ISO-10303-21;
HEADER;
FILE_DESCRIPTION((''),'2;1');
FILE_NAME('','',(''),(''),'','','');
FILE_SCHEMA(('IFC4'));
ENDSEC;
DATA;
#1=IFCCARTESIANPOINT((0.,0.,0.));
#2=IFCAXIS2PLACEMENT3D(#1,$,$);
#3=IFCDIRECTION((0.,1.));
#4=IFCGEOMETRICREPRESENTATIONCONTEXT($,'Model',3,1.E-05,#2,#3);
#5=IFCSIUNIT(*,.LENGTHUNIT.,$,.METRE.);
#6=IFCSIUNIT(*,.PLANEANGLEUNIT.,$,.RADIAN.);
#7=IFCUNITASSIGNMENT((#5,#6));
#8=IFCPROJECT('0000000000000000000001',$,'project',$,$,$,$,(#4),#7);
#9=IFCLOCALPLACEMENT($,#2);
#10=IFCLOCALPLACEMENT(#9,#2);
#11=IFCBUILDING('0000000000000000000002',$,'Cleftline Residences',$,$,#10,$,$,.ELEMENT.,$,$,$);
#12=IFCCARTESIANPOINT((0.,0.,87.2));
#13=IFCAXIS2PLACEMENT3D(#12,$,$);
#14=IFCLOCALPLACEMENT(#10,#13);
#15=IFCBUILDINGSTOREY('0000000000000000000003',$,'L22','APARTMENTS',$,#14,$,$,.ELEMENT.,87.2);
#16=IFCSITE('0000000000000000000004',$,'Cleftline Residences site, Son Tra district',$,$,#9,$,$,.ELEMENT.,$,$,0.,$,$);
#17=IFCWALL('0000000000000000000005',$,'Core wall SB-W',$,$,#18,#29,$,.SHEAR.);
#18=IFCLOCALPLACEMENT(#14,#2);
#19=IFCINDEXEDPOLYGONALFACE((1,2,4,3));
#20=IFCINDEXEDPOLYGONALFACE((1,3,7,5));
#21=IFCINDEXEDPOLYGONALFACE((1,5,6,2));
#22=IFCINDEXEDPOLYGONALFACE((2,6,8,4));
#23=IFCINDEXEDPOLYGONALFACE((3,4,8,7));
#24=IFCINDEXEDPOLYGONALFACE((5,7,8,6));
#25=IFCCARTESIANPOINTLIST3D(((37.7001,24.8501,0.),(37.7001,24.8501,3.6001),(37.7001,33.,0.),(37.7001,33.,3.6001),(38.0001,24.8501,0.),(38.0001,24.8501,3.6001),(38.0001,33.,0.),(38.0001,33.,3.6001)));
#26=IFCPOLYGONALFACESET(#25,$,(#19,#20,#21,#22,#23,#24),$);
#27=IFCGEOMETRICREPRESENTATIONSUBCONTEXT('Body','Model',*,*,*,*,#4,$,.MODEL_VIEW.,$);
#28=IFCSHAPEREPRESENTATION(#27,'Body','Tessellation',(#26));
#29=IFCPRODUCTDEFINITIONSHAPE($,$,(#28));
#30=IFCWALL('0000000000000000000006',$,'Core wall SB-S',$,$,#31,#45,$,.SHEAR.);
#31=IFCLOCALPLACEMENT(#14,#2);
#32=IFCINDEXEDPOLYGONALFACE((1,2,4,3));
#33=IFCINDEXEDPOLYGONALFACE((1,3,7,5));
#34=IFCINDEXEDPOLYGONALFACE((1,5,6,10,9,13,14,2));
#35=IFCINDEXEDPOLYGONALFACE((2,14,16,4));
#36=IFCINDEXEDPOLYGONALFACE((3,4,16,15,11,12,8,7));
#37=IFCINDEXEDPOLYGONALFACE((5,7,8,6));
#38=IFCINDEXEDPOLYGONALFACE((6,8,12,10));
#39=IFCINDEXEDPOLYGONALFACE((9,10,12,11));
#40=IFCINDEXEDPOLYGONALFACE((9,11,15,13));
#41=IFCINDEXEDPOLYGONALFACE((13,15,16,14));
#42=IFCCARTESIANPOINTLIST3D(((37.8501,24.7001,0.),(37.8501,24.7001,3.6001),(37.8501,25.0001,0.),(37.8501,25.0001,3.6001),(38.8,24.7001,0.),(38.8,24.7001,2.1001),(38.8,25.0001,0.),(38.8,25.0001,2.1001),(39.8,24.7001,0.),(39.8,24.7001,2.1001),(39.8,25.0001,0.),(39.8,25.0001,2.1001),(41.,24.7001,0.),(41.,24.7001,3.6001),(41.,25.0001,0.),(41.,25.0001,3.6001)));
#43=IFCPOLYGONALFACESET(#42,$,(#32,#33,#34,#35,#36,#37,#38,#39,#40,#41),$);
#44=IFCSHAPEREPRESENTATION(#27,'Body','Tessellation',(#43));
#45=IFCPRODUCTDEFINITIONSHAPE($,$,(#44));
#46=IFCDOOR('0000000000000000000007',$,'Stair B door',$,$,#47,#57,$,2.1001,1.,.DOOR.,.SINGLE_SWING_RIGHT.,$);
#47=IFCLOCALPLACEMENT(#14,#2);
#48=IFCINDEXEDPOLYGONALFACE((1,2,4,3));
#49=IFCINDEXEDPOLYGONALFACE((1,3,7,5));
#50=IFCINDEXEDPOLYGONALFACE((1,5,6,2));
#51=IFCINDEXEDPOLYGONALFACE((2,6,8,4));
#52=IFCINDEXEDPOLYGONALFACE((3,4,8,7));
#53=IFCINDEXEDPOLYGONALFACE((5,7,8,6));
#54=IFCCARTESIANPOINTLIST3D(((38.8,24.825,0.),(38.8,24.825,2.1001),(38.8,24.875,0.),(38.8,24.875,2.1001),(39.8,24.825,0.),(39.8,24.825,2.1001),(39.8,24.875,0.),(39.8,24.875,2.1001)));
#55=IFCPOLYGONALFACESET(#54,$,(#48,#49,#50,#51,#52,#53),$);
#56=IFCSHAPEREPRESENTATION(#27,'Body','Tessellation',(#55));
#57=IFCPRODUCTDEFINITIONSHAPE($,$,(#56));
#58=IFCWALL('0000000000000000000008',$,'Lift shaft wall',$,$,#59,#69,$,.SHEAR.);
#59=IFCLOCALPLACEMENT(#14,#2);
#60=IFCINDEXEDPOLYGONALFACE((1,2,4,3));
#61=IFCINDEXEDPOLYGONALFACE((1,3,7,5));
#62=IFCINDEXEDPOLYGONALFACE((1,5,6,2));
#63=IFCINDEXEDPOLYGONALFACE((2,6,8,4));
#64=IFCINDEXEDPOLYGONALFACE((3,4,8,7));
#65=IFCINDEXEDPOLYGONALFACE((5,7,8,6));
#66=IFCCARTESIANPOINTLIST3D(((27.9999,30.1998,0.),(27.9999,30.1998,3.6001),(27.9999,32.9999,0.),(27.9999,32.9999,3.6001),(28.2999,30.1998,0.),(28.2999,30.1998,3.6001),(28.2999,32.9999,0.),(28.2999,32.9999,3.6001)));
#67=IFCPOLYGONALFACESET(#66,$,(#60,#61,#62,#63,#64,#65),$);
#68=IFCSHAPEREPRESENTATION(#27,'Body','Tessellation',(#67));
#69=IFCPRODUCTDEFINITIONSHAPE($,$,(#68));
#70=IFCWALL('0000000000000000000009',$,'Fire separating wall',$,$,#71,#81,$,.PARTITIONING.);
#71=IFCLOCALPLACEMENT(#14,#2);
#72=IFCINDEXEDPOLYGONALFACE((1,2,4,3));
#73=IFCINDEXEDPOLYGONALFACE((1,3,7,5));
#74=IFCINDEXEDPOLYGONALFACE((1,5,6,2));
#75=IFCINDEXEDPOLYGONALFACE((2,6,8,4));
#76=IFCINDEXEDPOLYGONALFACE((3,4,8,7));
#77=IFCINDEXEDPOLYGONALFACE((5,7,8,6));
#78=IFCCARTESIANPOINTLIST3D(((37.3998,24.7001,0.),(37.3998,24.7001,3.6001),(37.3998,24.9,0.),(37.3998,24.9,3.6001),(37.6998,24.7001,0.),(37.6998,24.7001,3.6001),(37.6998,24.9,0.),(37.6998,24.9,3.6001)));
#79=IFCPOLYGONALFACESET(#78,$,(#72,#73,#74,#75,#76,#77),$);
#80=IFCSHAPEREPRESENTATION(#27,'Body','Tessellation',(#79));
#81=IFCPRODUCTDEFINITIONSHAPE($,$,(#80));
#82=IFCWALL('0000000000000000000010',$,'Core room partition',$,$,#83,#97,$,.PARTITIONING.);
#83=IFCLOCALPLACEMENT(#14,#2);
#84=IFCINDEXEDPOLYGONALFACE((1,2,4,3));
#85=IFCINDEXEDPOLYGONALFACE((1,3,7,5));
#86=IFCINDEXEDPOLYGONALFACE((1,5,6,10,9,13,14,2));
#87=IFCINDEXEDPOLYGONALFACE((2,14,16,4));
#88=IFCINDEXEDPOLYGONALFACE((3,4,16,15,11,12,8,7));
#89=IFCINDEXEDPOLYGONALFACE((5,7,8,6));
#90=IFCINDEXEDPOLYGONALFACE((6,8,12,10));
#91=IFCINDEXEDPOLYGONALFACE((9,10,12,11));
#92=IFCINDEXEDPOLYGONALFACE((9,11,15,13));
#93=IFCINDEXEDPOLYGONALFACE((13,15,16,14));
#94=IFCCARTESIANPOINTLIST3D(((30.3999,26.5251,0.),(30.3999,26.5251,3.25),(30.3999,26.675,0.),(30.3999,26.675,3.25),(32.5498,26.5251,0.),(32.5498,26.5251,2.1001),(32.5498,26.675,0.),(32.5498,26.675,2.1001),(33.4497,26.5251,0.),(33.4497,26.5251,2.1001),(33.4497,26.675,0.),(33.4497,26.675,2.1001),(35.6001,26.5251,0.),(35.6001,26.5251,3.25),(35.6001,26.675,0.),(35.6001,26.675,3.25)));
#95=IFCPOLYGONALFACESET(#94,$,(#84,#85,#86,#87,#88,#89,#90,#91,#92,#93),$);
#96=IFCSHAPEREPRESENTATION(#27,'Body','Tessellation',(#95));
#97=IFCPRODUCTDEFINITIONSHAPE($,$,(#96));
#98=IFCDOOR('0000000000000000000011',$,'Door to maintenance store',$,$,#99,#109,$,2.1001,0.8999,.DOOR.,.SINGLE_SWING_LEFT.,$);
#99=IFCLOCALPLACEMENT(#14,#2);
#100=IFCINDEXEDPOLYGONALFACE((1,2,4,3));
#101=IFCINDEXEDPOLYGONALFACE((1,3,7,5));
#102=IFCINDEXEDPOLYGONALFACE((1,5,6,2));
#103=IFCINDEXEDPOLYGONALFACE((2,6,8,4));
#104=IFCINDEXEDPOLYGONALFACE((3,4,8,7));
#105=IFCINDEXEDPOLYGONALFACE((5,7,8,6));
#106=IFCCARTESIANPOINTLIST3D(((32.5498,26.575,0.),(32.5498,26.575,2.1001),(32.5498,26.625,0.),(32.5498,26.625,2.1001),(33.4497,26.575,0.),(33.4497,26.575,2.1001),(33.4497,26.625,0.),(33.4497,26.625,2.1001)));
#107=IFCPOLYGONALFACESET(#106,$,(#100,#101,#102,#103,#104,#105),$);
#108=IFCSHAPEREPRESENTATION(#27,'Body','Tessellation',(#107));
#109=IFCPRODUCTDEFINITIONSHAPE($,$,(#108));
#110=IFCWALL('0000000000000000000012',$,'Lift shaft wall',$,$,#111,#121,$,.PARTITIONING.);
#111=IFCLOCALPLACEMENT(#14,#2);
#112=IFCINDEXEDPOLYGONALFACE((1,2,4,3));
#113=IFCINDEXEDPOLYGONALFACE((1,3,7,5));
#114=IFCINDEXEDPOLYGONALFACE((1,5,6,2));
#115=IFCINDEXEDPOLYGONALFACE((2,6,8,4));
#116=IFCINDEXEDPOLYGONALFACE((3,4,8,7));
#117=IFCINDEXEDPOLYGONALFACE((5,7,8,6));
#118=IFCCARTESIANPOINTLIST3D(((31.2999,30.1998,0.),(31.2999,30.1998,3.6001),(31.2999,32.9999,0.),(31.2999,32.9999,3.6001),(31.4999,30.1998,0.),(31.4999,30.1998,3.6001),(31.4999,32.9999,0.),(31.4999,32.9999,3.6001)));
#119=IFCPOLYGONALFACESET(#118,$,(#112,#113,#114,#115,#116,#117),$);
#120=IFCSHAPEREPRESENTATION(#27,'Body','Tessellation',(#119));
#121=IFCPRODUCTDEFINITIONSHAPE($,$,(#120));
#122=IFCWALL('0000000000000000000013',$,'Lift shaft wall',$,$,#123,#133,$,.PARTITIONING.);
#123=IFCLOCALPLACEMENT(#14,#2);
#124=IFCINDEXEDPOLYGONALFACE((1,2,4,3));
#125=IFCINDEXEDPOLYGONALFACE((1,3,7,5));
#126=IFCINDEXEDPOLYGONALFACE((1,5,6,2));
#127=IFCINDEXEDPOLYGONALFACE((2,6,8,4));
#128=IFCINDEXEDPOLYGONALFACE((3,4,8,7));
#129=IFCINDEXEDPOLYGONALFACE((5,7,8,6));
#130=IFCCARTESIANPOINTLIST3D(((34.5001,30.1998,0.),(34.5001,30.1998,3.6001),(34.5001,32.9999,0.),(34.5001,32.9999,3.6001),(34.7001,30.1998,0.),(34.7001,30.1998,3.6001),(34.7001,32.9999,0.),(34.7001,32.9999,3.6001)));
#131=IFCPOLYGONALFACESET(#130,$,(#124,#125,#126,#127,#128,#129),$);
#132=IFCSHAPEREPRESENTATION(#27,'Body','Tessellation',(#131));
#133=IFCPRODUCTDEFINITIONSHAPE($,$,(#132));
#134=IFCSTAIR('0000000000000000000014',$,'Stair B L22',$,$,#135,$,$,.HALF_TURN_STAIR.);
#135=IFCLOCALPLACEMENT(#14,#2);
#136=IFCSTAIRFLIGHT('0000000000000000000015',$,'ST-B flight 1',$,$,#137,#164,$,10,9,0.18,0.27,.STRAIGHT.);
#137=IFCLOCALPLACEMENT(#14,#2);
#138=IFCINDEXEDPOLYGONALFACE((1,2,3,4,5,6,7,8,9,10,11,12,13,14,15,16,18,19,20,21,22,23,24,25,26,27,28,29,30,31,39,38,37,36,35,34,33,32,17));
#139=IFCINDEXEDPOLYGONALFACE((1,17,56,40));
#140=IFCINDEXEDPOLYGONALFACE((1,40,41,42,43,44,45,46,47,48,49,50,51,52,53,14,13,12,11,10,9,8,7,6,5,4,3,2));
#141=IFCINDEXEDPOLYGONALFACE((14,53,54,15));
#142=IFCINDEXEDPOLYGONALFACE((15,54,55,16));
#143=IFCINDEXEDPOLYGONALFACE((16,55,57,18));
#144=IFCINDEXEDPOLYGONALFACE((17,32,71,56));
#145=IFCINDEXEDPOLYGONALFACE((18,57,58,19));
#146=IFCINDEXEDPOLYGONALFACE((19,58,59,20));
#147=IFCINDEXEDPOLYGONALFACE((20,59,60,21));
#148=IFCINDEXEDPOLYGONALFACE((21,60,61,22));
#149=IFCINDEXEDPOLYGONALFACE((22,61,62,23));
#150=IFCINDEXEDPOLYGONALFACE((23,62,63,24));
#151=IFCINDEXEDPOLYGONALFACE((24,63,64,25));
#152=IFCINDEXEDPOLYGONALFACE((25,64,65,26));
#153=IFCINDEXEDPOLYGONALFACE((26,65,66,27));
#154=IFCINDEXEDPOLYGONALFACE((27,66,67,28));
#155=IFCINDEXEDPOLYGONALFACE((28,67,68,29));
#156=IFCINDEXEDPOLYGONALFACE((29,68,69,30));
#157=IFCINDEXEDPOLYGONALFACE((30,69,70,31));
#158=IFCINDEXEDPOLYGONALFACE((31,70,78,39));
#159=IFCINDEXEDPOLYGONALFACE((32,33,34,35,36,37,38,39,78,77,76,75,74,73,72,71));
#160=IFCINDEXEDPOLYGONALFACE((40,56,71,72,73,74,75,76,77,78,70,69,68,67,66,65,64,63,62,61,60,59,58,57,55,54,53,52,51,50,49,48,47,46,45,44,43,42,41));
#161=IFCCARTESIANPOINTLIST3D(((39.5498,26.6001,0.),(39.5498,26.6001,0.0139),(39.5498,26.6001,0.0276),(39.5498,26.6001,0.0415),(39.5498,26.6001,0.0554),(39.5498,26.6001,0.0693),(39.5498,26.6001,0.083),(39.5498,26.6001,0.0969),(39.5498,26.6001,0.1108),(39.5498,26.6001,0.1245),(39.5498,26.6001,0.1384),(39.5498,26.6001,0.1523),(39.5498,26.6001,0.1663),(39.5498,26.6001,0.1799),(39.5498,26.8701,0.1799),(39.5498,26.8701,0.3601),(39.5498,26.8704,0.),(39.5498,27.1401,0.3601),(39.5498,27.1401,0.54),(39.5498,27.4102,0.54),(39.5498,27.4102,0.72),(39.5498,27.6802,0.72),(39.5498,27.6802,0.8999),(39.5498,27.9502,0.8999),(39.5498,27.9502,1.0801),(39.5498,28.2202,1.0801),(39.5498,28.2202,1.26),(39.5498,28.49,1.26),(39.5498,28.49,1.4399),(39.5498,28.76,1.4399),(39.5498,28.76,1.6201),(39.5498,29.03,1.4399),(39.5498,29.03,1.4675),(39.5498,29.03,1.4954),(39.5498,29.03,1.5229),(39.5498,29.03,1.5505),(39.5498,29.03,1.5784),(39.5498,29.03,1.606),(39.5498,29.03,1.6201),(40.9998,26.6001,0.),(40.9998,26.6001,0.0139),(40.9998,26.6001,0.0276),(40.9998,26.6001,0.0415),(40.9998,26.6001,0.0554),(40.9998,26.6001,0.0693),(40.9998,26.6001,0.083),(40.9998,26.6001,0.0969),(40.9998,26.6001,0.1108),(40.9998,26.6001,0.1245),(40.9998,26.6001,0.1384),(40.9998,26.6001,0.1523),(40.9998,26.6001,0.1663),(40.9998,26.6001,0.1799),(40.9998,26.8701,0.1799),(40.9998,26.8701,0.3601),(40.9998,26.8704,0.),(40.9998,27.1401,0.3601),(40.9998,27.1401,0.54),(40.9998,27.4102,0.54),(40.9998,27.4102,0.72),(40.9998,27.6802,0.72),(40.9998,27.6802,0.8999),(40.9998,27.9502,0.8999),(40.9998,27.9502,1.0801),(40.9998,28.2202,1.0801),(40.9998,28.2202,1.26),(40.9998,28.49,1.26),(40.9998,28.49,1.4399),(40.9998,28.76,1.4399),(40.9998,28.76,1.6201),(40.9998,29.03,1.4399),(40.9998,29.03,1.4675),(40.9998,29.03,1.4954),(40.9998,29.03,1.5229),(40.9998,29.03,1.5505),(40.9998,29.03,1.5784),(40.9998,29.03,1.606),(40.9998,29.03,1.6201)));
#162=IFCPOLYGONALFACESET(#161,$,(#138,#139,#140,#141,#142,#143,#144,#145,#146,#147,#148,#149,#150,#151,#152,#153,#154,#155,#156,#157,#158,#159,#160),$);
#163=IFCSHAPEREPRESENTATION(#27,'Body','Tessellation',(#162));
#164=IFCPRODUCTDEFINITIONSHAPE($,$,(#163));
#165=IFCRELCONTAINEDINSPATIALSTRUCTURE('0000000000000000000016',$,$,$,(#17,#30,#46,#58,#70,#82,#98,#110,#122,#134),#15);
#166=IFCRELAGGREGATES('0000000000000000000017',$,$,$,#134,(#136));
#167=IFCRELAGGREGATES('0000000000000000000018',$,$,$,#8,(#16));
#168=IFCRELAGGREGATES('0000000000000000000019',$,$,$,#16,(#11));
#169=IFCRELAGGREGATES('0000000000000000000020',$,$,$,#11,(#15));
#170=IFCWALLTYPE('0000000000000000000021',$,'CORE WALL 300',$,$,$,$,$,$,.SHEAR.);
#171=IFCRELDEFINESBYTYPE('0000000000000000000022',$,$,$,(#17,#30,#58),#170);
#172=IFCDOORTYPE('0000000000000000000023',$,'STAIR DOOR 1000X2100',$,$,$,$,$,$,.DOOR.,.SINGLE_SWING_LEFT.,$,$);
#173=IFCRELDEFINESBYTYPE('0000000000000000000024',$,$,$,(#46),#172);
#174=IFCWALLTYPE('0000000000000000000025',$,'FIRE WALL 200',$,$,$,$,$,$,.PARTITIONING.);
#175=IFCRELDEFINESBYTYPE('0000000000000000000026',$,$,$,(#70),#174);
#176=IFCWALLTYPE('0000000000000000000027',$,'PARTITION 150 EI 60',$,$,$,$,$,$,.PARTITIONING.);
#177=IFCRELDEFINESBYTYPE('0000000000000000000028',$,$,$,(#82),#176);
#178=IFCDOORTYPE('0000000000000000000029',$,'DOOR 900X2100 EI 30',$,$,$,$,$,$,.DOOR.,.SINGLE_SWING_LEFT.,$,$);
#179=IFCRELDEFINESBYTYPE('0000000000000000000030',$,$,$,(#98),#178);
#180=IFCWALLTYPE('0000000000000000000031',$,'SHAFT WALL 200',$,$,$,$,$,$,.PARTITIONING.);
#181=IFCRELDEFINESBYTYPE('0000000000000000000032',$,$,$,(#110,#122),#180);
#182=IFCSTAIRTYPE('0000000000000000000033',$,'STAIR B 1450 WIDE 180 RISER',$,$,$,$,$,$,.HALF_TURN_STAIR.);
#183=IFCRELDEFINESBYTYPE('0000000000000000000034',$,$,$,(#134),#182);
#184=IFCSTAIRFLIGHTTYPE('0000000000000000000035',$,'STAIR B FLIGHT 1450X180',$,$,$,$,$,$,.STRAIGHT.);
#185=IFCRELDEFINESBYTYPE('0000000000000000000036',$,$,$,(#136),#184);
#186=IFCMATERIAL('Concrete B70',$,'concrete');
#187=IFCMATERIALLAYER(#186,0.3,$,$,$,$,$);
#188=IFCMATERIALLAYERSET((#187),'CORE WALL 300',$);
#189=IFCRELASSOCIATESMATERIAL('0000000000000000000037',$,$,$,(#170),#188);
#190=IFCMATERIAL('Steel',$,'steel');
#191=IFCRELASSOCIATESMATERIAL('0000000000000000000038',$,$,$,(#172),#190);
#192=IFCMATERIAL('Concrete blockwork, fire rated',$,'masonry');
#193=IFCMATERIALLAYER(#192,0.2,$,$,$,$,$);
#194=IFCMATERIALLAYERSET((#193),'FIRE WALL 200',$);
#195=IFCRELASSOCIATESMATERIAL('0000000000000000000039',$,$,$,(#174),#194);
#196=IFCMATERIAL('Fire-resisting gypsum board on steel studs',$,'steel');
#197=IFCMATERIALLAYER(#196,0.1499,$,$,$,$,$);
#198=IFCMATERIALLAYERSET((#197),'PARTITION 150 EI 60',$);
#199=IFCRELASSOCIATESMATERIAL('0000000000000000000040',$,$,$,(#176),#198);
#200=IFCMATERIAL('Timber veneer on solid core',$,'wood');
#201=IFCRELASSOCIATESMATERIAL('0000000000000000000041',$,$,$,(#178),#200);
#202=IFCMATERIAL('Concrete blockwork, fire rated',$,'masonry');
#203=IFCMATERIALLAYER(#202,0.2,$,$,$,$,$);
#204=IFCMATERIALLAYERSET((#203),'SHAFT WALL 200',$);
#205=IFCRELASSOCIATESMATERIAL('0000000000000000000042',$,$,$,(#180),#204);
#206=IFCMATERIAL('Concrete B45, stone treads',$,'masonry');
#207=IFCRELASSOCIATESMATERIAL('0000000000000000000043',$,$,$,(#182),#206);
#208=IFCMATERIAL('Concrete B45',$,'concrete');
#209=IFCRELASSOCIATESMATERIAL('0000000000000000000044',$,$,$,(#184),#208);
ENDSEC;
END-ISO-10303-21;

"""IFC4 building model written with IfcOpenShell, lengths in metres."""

from ifc_helpers import new_model, si_unit, direction, frame, frame_2d, origin, place, context, subcontext, project, spatial, polyline, rectangle, outline, extrude, material, layer, layer_set, type_object, element, fill, aggregate, save


model = new_model("IFC4")

# Units and contexts
model_context = context("Model", 3, precision=1e-05, world=origin(), true_north=direction((0.0, 1.0)))
body_context = subcontext(model_context, "Body", "Model", "MODEL_VIEW")
ifc_project = project(units=[si_unit("LENGTHUNIT", "METRE"), si_unit("PLANEANGLEUNIT", "RADIAN")], contexts=[model_context])

# Site, building, storey
site_placement = place(None, origin())
site = spatial("IfcSite", under=ifc_project, at=site_placement, Name="Cleftline Residences site, Son Tra district", CompositionType="ELEMENT", RefElevation=0.0)
building_placement = place(site_placement, origin())
building = spatial("IfcBuilding", under=site, at=building_placement, Name="Cleftline Residences", CompositionType="ELEMENT")
storey_placement = place(building_placement, frame((0.0, 0.0, 87.2)))
storey = spatial("IfcBuildingStorey", under=building, at=storey_placement, Name="L22", Description="APARTMENTS", CompositionType="ELEMENT", Elevation=87.2)

# Wall
ifc_material_1 = material(Name="Concrete B70", Category="concrete")
ifc_layer_1 = layer(ifc_material_1, 0.3)
ifc_layer_set_1 = layer_set([ifc_layer_1], Name="CORE WALL 300")
wall_type_1 = type_object("IfcWallType", Name="CORE WALL 300", PredefinedType="SHEAR", material=ifc_layer_set_1)
wall_1_placement = place(storey_placement, frame((37.8501, 24.8501, 0.0), z_axis=(0.0, 0.0, 1.0), x_axis=(0.0, 1.0, 0.0)))
element("IfcWall", 1, at=wall_1_placement, inside=storey, type_object=wall_type_1, Name="Core wall SB-W", PredefinedType="SHEAR", context=body_context, shape_type="SweptSolid", body=[
    extrude(rectangle(XDim=8.1499, YDim=0.3, at=frame_2d((4.075, 0.0))), origin(), (0.0, 0.0, 1.0), 3.6001),
])

# Wall, opening, door
wall_2_placement = place(storey_placement, frame((37.8501, 24.8501, 0.0), z_axis=(0.0, 0.0, 1.0), x_axis=(1.0, 0.0, 0.0)))
wall_2 = element("IfcWall", 2, at=wall_2_placement, inside=storey, type_object=wall_type_1, Name="Core wall SB-S", PredefinedType="SHEAR", context=body_context, shape_type="SweptSolid", body=[
    extrude(rectangle(XDim=3.1499, YDim=0.3, at=frame_2d((1.575, 0.0))), origin(), (0.0, 0.0, 1.0), 3.6001),
])
opening_1_placement = place(wall_2_placement, frame((0.95, 0.0, 0.0)))
opening_1 = element("IfcOpeningElement", 3, at=opening_1_placement, cuts=wall_2, PredefinedType="OPENING", context=body_context, shape_type="SweptSolid", body=[
    extrude(rectangle(XDim=1.0, YDim=2.1001, at=frame_2d((0.5, 1.05))), frame((0.0, 0.1599, 0.0), z_axis=(0.0, -1.0, 0.0), x_axis=(1.0, 0.0, 0.0)), (0.0, 0.0, 1.0), 0.3201),
])
ifc_material_2 = material(Name="Steel", Category="steel")
door_type_1 = type_object("IfcDoorType", Name="STAIR DOOR 1000X2100", OperationType="SINGLE_SWING_LEFT", PredefinedType="DOOR", material=ifc_material_2)
door_1_placement = place(opening_1_placement, origin())
door_1 = element("IfcDoor", 4, at=door_1_placement, inside=storey, type_object=door_type_1, Name="Stair B door", OperationType="SINGLE_SWING_RIGHT", OverallHeight=2.1001, OverallWidth=1.0, PredefinedType="DOOR", context=body_context, shape_type="SweptSolid", body=[
    extrude(rectangle(XDim=1.0, YDim=2.1001, at=frame_2d((0.5, 1.05))), frame((0.0, 0.0249, 0.0), z_axis=(0.0, -1.0, 0.0), x_axis=(1.0, 0.0, 0.0)), (0.0, 0.0, 1.0), 0.05),
])
fill(opening_1, door_1)

# Walls
wall_3_placement = place(storey_placement, frame((28.1499, 30.2, 0.0), z_axis=(0.0, 0.0, 1.0), x_axis=(0.0, 1.0, 0.0)))
element("IfcWall", 5, at=wall_3_placement, inside=storey, type_object=wall_type_1, Name="Lift shaft wall", PredefinedType="SHEAR", context=body_context, shape_type="SweptSolid", body=[
    extrude(rectangle(XDim=2.8, YDim=0.3, at=frame_2d((1.3999, 0.0))), origin(), (0.0, 0.0, 1.0), 3.6001),
])
ifc_material_3 = material(Name="Concrete blockwork, fire rated", Category="masonry")
ifc_layer_2 = layer(ifc_material_3, 0.2)
ifc_layer_set_2 = layer_set([ifc_layer_2], Name="FIRE WALL 200")
wall_type_2 = type_object("IfcWallType", Name="FIRE WALL 200", PredefinedType="PARTITIONING", material=ifc_layer_set_2)
wall_4_placement = place(storey_placement, frame((37.3999, 24.8, 0.0), z_axis=(0.0, 0.0, 1.0), x_axis=(1.0, 0.0, 0.0)))
element("IfcWall", 6, at=wall_4_placement, inside=storey, type_object=wall_type_2, Name="Fire separating wall", PredefinedType="PARTITIONING", context=body_context, shape_type="SweptSolid", body=[
    extrude(rectangle(XDim=0.3, YDim=0.2, at=frame_2d((0.1499, 0.0))), origin(), (0.0, 0.0, 1.0), 3.6001),
])

# Wall, opening, door
ifc_material_4 = material(Name="Fire-resisting gypsum board on steel studs", Category="steel")
ifc_layer_3 = layer(ifc_material_4, 0.1499)
ifc_layer_set_3 = layer_set([ifc_layer_3], Name="PARTITION 150 EI 60")
wall_type_3 = type_object("IfcWallType", Name="PARTITION 150 EI 60", PredefinedType="PARTITIONING", material=ifc_layer_set_3)
wall_5_placement = place(storey_placement, frame((30.3999, 26.6001, 0.0), z_axis=(0.0, 0.0, 1.0), x_axis=(1.0, 0.0, 0.0)))
wall_5 = element("IfcWall", 7, at=wall_5_placement, inside=storey, type_object=wall_type_3, Name="Core room partition", PredefinedType="PARTITIONING", context=body_context, shape_type="SweptSolid", body=[
    extrude(rectangle(XDim=5.2002, YDim=0.1499, at=frame_2d((2.6001, 0.0))), origin(), (0.0, 0.0, 1.0), 3.25),
])
opening_2_placement = place(wall_5_placement, frame((2.1499, 0.0, 0.0)))
opening_2 = element("IfcOpeningElement", 8, at=opening_2_placement, cuts=wall_5, PredefinedType="OPENING", context=body_context, shape_type="SweptSolid", body=[
    extrude(rectangle(XDim=0.8999, YDim=2.1001, at=frame_2d((0.45, 1.05))), frame((0.0, 0.085, 0.0), z_axis=(0.0, -1.0, 0.0), x_axis=(1.0, 0.0, 0.0)), (0.0, 0.0, 1.0), 0.1699),
])
ifc_material_5 = material(Name="Timber veneer on solid core", Category="wood")
door_type_2 = type_object("IfcDoorType", Name="DOOR 900X2100 EI 30", OperationType="SINGLE_SWING_LEFT", PredefinedType="DOOR", material=ifc_material_5)
door_2_placement = place(opening_2_placement, origin())
door_2 = element("IfcDoor", 9, at=door_2_placement, inside=storey, type_object=door_type_2, Name="Door to maintenance store", OperationType="SINGLE_SWING_LEFT", OverallHeight=2.1001, OverallWidth=0.8999, PredefinedType="DOOR", context=body_context, shape_type="SweptSolid", body=[
    extrude(rectangle(XDim=0.8999, YDim=2.1001, at=frame_2d((0.45, 1.05))), frame((0.0, 0.0249, 0.0), z_axis=(0.0, -1.0, 0.0), x_axis=(1.0, 0.0, 0.0)), (0.0, 0.0, 1.0), 0.05),
])
fill(opening_2, door_2)

# Walls
ifc_material_6 = material(Name="Concrete blockwork, fire rated", Category="masonry")
ifc_layer_4 = layer(ifc_material_6, 0.2)
ifc_layer_set_4 = layer_set([ifc_layer_4], Name="SHAFT WALL 200")
wall_type_4 = type_object("IfcWallType", Name="SHAFT WALL 200", PredefinedType="PARTITIONING", material=ifc_layer_set_4)
for number, where, z_axis, x_axis, name in (
    (10, (31.3999, 30.2, 0.0), (0.0, 0.0, 1.0), (0.0, 1.0, 0.0), "Lift shaft wall"),
    (11, (34.6001, 30.2, 0.0), (0.0, 0.0, 1.0), (0.0, 1.0, 0.0), "Lift shaft wall"),
):
    element("IfcWall", number, at=place(storey_placement, frame(where, z_axis=z_axis, x_axis=x_axis)), inside=storey, type_object=wall_type_4, Name=name, PredefinedType="PARTITIONING", context=body_context, shape_type="SweptSolid", body=[
        extrude(rectangle(XDim=2.8, YDim=0.2, at=frame_2d((1.3999, 0.0))), origin(), (0.0, 0.0, 1.0), 3.6001),
    ])

# Stair, stair flight
ifc_material_7 = material(Name="Concrete B45, stone treads", Category="masonry")
stair_type = type_object("IfcStairType", Name="STAIR B 1450 WIDE 180 RISER", PredefinedType="HALF_TURN_STAIR", material=ifc_material_7)
stair_placement = place(storey_placement, origin())
stair = element("IfcStair", 12, at=stair_placement, inside=storey, type_object=stair_type, Name="Stair B L22", PredefinedType="HALF_TURN_STAIR")
ifc_material_8 = material(Name="Concrete B45", Category="concrete")
stair_flight_type = type_object("IfcStairFlightType", Name="STAIR B FLIGHT 1450X180", PredefinedType="STRAIGHT", material=ifc_material_8)
stair_flight_1_placement = place(storey_placement, frame((40.2749, 26.6001, 0.0), z_axis=(0.0, 0.0, 1.0), x_axis=(0.0, 1.0, 0.0)))
stair_flight_1 = element("IfcStairFlight", 13, at=stair_flight_1_placement, type_object=stair_flight_type, Name="ST-B flight 1", NumberOfRisers=10, NumberOfTreads=9, PredefinedType="STRAIGHT", RiserHeight=0.18, TreadLength=0.27, context=body_context, shape_type="SweptSolid", body=[
    extrude(outline(polyline([(0.0, 0.0), (0.0, 0.0139), (0.0, 0.0276), (0.0, 0.0415), (0.0, 0.0554), (0.0, 0.0693), (0.0, 0.083), (0.0, 0.0969), (0.0, 0.1108), (0.0, 0.1245), (0.0, 0.1384), (0.0, 0.1523), (0.0, 0.1663), (0.0, 0.1799), (0.27, 0.1799), (0.27, 0.3601), (0.54, 0.3601), (0.54, 0.54), (0.8101, 0.54), (0.8101, 0.72), (1.0801, 0.72), (1.0801, 0.8999), (1.3501, 0.8999), (1.3501, 1.0801), (1.6201, 1.0801), (1.6201, 1.26), (1.8899, 1.26), (1.8899, 1.4399), (2.1599, 1.4399), (2.1599, 1.6201), (2.4299, 1.6201), (2.4299, 1.8), (2.4299, 1.7722), (2.4299, 1.7446), (2.4299, 1.7168), (2.4299, 1.6892), (2.4299, 1.6614), (2.4299, 1.6338), (2.4299, 1.606), (2.4299, 1.5784), (2.4299, 1.5505), (2.4299, 1.5229), (2.4299, 1.4954), (2.4299, 1.4675), (2.4299, 1.4399), (0.2703, 0.0), (0.0, 0.0)])), frame((0.0, 0.7251, 0.0), z_axis=(0.0, -1.0, 0.0), x_axis=(1.0, 0.0, 0.0)), (0.0, 0.0, 1.0), 1.45),
])
aggregate(stair, [stair_flight_1])

save(model, "model.ifc")
